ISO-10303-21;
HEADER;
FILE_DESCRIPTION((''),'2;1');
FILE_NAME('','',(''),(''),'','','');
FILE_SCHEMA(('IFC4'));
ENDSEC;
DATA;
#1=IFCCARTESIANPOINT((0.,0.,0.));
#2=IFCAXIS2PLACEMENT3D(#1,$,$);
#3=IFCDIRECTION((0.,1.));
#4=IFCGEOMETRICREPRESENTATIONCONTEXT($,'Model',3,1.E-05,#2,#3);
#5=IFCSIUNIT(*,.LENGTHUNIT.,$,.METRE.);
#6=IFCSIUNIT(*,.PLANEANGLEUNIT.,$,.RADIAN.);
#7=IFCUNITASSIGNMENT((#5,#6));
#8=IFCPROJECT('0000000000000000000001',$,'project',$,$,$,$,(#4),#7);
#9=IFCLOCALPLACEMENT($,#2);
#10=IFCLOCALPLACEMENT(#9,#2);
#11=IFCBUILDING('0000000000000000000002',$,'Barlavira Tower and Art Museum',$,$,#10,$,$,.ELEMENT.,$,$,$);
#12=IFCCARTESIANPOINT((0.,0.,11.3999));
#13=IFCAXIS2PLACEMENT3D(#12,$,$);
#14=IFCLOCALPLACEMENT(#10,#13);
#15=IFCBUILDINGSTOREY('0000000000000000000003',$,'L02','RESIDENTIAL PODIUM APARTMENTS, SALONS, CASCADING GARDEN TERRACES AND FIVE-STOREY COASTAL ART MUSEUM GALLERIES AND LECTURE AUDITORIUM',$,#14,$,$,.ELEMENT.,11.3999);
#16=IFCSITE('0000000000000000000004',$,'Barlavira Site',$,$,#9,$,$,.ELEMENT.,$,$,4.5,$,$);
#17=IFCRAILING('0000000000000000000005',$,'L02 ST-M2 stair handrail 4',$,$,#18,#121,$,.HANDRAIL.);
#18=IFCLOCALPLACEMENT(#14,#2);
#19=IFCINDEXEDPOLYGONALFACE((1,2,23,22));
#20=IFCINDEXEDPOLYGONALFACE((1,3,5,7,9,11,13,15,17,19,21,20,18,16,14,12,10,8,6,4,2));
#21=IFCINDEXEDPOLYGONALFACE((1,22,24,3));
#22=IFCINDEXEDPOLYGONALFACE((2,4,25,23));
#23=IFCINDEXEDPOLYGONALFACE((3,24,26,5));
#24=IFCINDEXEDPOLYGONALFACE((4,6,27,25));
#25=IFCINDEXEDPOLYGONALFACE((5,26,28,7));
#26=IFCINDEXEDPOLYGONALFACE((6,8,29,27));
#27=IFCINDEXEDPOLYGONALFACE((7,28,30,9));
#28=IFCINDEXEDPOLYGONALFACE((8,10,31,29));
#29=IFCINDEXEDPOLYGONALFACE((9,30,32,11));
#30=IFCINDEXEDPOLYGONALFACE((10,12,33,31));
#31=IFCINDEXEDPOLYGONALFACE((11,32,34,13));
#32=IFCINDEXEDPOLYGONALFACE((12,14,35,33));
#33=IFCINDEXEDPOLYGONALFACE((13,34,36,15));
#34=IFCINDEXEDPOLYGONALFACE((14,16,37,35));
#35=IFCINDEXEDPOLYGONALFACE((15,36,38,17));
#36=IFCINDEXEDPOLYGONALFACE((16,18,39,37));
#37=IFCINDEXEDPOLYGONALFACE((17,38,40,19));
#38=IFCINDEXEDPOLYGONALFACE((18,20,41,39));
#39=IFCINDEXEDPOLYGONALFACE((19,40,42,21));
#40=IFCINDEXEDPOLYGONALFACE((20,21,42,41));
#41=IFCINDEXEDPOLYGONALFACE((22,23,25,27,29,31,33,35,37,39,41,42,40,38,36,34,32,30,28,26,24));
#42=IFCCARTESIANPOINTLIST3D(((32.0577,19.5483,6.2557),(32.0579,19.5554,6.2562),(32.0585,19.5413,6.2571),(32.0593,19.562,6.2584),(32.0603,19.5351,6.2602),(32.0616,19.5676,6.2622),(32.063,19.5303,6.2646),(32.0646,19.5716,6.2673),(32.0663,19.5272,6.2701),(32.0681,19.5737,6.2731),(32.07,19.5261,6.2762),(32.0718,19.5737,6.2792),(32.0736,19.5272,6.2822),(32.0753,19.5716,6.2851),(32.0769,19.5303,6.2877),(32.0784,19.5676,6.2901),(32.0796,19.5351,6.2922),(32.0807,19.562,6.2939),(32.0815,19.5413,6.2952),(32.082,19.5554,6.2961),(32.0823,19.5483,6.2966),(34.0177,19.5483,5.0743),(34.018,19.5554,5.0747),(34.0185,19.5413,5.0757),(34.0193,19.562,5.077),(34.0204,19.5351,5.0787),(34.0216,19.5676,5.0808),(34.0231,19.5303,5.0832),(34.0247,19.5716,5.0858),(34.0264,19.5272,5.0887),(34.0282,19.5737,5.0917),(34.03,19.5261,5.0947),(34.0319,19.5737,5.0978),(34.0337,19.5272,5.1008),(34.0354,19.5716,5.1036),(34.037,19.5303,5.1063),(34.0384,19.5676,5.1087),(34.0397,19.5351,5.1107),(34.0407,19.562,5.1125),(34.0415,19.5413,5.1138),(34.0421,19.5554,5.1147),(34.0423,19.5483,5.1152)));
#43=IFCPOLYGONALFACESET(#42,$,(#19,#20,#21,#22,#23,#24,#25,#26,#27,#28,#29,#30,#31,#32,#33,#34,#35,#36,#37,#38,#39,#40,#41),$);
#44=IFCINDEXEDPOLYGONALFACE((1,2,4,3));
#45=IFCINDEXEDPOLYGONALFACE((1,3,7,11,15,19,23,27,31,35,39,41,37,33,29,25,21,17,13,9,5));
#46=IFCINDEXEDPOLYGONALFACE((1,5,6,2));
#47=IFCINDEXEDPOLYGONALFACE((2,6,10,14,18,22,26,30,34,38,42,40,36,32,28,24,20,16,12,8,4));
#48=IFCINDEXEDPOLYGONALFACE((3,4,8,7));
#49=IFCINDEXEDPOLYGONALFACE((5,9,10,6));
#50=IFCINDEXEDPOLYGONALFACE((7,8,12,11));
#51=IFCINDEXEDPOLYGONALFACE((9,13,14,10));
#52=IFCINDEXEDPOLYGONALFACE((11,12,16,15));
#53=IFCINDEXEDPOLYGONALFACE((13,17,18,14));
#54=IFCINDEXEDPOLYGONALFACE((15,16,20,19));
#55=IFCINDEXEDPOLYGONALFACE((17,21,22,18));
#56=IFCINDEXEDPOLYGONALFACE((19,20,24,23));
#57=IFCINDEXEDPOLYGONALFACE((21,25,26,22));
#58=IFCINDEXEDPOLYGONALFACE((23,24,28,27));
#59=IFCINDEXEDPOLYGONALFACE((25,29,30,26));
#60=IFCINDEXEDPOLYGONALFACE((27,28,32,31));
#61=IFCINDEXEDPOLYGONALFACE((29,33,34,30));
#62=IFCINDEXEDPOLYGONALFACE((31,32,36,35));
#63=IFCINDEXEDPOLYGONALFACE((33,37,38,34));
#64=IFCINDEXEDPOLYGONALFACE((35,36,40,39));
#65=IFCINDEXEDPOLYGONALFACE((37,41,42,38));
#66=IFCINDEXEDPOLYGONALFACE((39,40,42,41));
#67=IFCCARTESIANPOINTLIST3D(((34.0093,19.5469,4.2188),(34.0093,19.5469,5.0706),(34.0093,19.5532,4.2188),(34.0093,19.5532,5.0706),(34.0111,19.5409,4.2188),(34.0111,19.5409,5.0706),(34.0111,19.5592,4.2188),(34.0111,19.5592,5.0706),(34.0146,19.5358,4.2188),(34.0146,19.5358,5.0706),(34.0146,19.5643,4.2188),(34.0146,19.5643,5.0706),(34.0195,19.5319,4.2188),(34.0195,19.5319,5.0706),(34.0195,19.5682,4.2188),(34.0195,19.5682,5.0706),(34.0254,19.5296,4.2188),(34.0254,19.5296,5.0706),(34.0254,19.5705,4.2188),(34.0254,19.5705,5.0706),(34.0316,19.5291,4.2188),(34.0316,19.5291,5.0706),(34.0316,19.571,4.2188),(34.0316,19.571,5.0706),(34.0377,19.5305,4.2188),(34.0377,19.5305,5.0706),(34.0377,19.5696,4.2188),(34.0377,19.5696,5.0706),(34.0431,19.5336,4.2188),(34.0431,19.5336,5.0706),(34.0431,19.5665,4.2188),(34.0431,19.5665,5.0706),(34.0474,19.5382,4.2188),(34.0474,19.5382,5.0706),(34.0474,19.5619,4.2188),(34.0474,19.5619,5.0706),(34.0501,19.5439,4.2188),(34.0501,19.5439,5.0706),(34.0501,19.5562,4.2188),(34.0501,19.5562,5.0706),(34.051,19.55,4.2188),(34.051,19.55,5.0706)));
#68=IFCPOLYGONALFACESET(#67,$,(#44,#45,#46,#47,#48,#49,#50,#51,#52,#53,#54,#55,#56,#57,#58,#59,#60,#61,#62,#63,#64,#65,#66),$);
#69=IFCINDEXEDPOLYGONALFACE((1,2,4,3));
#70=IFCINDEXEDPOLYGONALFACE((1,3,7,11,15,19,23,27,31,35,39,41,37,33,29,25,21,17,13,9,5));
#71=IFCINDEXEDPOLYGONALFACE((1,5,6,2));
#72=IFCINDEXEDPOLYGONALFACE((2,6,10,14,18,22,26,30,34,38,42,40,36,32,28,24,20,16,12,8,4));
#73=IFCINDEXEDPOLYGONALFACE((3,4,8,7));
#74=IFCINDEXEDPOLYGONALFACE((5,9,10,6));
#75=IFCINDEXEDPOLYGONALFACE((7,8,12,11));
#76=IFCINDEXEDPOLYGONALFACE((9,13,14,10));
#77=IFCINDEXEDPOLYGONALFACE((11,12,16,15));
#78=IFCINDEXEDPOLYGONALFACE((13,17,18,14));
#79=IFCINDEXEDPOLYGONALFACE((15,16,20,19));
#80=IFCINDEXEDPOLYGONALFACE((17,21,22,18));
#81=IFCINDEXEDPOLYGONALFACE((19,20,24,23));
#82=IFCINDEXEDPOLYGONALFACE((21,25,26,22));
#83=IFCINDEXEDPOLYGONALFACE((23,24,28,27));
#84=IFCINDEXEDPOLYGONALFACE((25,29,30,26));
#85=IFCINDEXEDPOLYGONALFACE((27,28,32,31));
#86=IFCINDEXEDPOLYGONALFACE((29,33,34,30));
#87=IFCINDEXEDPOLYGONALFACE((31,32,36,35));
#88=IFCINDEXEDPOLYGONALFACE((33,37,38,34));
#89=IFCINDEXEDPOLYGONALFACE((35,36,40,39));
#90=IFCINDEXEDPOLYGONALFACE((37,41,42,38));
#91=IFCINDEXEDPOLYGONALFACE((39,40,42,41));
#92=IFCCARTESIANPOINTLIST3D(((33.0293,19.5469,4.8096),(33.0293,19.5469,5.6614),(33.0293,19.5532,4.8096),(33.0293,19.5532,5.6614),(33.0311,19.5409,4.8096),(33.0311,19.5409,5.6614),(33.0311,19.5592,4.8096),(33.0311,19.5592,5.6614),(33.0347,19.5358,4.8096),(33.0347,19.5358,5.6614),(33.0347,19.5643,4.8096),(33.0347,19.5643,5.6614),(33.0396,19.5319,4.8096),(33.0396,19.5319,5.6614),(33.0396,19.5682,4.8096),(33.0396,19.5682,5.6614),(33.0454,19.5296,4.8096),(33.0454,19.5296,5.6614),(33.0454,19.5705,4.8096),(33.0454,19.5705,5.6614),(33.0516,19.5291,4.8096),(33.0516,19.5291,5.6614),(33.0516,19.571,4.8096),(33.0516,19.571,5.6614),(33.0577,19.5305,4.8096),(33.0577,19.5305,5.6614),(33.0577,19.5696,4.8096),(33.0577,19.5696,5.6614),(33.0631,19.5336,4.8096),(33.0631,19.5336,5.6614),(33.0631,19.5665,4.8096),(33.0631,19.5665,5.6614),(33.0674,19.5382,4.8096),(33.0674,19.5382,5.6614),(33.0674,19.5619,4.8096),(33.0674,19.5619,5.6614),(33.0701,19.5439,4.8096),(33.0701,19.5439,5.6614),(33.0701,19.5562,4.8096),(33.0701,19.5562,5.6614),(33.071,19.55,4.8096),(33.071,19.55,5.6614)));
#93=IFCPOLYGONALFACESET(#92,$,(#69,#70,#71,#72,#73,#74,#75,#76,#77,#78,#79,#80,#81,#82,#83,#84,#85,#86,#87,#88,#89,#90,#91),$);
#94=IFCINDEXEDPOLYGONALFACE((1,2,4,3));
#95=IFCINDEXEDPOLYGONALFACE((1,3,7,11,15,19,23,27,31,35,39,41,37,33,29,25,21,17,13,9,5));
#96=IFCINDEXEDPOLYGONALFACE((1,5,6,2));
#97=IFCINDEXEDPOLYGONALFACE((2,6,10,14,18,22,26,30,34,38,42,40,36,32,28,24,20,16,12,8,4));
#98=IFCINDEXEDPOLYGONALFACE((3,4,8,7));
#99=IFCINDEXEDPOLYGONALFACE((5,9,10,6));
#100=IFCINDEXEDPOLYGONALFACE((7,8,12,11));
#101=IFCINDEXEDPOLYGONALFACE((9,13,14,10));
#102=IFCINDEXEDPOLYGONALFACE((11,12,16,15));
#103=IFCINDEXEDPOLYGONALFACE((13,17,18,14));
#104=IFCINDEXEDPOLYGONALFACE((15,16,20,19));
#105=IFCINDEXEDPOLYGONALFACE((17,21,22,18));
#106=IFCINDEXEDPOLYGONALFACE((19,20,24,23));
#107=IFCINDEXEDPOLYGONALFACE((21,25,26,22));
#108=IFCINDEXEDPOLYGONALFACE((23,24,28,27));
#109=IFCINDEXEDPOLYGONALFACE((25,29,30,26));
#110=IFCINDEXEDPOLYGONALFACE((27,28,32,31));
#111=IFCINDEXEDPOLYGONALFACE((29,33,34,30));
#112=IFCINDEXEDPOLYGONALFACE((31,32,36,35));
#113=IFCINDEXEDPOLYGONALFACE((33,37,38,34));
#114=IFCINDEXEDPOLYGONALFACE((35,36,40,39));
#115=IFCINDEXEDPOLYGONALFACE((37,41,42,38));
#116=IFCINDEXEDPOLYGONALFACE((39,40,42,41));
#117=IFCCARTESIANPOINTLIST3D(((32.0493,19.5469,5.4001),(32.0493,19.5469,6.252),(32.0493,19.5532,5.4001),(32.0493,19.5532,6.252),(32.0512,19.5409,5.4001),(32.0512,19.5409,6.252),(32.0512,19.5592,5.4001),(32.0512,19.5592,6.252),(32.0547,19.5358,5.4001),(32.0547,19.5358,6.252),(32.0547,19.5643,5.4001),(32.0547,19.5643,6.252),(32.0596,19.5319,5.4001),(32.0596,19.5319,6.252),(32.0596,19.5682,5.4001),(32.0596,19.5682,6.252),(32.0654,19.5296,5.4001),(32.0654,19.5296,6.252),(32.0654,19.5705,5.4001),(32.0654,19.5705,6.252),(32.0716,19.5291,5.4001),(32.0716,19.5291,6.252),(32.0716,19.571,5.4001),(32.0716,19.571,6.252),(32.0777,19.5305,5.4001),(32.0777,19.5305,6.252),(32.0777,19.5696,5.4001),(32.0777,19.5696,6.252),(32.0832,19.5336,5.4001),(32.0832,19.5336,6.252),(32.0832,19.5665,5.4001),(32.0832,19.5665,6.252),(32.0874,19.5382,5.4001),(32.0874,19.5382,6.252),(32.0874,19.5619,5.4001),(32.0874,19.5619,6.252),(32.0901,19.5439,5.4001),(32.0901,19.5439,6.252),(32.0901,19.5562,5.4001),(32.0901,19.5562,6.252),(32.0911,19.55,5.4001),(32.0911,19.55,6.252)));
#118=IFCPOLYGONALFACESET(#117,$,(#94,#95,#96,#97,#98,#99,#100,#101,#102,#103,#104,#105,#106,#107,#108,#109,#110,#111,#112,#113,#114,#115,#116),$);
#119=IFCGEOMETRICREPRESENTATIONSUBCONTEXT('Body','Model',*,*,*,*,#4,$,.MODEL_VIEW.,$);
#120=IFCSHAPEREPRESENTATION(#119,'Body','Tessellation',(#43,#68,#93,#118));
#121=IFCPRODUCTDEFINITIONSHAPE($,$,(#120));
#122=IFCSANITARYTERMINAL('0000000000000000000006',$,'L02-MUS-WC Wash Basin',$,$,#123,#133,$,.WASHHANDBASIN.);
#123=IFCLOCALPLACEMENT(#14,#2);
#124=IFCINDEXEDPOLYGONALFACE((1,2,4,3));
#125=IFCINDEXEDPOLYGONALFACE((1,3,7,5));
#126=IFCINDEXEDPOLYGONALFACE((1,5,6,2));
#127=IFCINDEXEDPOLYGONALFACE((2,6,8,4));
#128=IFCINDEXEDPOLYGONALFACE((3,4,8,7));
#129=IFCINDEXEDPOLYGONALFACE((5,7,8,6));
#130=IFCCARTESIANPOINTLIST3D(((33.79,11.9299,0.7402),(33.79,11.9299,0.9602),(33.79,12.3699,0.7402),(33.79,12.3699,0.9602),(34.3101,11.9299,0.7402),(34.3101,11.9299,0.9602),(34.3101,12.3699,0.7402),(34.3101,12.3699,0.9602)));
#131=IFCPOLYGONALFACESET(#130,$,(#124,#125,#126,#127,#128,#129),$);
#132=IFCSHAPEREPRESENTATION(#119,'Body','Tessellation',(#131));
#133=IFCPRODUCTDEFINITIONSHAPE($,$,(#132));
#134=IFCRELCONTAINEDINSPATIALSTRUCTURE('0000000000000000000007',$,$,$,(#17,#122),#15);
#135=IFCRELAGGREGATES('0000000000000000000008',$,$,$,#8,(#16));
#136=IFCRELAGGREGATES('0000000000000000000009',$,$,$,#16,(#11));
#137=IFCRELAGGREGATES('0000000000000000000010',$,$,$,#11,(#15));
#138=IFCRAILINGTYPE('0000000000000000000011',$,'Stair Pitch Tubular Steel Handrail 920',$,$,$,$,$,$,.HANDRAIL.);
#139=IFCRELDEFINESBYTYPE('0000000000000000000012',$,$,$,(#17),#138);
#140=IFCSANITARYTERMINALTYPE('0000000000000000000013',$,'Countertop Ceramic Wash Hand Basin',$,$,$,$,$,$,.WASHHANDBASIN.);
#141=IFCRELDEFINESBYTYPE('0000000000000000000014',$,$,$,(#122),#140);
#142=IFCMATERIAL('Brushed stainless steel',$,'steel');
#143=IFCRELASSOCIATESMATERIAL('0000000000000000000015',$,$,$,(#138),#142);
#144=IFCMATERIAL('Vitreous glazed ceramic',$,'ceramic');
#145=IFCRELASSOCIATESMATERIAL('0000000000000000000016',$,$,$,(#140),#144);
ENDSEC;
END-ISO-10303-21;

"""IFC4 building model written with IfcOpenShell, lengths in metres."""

from ifc_helpers import new_model, si_unit, direction, frame, origin, origin_2d, place, context, subcontext, project, spatial, rectangle, circle, extrude, material, type_object, element, save


model = new_model("IFC4")

# Units and contexts
model_context = context("Model", 3, precision=1e-05, world=origin(), true_north=direction((0.0, 1.0)))
body_context = subcontext(model_context, "Body", "Model", "MODEL_VIEW")
ifc_project = project(units=[si_unit("LENGTHUNIT", "METRE"), si_unit("PLANEANGLEUNIT", "RADIAN")], contexts=[model_context])

# Site, building, storey
site_placement = place(None, origin())
site = spatial("IfcSite", under=ifc_project, at=site_placement, Name="Barlavira Site", CompositionType="ELEMENT", RefElevation=4.5)
building_placement = place(site_placement, origin())
building = spatial("IfcBuilding", under=site, at=building_placement, Name="Barlavira Tower and Art Museum", CompositionType="ELEMENT")
storey_placement = place(building_placement, frame((0.0, 0.0, 11.3999)))
storey = spatial("IfcBuildingStorey", under=building, at=storey_placement, Name="L02", Description="RESIDENTIAL PODIUM APARTMENTS, SALONS, CASCADING GARDEN TERRACES AND FIVE-STOREY COASTAL ART MUSEUM GALLERIES AND LECTURE AUDITORIUM", CompositionType="ELEMENT", Elevation=11.3999)

# Shared definitions
ifc_material_1 = material(Name="Brushed stainless steel", Category="steel")

# Railing
railing_type_1 = type_object("IfcRailingType", Name="Stair Pitch Tubular Steel Handrail 920", PredefinedType="HANDRAIL", material=ifc_material_1)
for number, where, name in (
    (1, (34.03, 19.55, 4.2188), "L02 ST-M2 stair handrail 4"),
):
    element("IfcRailing", number, at=place(storey_placement, frame(where)), inside=storey, type_object=railing_type_1, Name=name, PredefinedType="HANDRAIL", context=body_context, shape_type="SweptSolid", body=[
        extrude(circle(Radius=0.0239, at=origin_2d()), frame((0.0, 0.0, 0.876), z_axis=(-0.856446, 0.0, 0.516236), x_axis=(0.0, -1.0, 0.0)), (0.0, 0.0, 1.0), 2.2886),
        extrude(circle(Radius=0.021, at=origin_2d()), origin(), (0.0, 0.0, 1.0), 0.8518),
        extrude(circle(Radius=0.021, at=origin_2d()), frame((-0.98, 0.0, 0.5908)), (0.0, 0.0, 1.0), 0.8518),
        extrude(circle(Radius=0.021, at=origin_2d()), frame((-1.96, 0.0, 1.1814)), (0.0, 0.0, 1.0), 0.8518),
    ])

# Sanitary terminal
ifc_material_2 = material(Name="Vitreous glazed ceramic", Category="ceramic")
sanitary_terminal_type = type_object("IfcSanitaryTerminalType", Name="Countertop Ceramic Wash Hand Basin", PredefinedType="WASHHANDBASIN", material=ifc_material_2)
sanitary_terminal_placement = place(storey_placement, frame((34.05, 12.1499, 0.7402), z_axis=(0.0, 0.0, 1.0), x_axis=(1.0, 0.0, 0.0)))
element("IfcSanitaryTerminal", 2, at=sanitary_terminal_placement, inside=storey, type_object=sanitary_terminal_type, Name="L02-MUS-WC Wash Basin", PredefinedType="WASHHANDBASIN", context=body_context, shape_type="SweptSolid", body=[
    extrude(rectangle(XDim=0.52, YDim=0.4399, at=origin_2d()), origin(), (0.0, 0.0, 1.0), 0.22),
])

save(model, "model.ifc")
